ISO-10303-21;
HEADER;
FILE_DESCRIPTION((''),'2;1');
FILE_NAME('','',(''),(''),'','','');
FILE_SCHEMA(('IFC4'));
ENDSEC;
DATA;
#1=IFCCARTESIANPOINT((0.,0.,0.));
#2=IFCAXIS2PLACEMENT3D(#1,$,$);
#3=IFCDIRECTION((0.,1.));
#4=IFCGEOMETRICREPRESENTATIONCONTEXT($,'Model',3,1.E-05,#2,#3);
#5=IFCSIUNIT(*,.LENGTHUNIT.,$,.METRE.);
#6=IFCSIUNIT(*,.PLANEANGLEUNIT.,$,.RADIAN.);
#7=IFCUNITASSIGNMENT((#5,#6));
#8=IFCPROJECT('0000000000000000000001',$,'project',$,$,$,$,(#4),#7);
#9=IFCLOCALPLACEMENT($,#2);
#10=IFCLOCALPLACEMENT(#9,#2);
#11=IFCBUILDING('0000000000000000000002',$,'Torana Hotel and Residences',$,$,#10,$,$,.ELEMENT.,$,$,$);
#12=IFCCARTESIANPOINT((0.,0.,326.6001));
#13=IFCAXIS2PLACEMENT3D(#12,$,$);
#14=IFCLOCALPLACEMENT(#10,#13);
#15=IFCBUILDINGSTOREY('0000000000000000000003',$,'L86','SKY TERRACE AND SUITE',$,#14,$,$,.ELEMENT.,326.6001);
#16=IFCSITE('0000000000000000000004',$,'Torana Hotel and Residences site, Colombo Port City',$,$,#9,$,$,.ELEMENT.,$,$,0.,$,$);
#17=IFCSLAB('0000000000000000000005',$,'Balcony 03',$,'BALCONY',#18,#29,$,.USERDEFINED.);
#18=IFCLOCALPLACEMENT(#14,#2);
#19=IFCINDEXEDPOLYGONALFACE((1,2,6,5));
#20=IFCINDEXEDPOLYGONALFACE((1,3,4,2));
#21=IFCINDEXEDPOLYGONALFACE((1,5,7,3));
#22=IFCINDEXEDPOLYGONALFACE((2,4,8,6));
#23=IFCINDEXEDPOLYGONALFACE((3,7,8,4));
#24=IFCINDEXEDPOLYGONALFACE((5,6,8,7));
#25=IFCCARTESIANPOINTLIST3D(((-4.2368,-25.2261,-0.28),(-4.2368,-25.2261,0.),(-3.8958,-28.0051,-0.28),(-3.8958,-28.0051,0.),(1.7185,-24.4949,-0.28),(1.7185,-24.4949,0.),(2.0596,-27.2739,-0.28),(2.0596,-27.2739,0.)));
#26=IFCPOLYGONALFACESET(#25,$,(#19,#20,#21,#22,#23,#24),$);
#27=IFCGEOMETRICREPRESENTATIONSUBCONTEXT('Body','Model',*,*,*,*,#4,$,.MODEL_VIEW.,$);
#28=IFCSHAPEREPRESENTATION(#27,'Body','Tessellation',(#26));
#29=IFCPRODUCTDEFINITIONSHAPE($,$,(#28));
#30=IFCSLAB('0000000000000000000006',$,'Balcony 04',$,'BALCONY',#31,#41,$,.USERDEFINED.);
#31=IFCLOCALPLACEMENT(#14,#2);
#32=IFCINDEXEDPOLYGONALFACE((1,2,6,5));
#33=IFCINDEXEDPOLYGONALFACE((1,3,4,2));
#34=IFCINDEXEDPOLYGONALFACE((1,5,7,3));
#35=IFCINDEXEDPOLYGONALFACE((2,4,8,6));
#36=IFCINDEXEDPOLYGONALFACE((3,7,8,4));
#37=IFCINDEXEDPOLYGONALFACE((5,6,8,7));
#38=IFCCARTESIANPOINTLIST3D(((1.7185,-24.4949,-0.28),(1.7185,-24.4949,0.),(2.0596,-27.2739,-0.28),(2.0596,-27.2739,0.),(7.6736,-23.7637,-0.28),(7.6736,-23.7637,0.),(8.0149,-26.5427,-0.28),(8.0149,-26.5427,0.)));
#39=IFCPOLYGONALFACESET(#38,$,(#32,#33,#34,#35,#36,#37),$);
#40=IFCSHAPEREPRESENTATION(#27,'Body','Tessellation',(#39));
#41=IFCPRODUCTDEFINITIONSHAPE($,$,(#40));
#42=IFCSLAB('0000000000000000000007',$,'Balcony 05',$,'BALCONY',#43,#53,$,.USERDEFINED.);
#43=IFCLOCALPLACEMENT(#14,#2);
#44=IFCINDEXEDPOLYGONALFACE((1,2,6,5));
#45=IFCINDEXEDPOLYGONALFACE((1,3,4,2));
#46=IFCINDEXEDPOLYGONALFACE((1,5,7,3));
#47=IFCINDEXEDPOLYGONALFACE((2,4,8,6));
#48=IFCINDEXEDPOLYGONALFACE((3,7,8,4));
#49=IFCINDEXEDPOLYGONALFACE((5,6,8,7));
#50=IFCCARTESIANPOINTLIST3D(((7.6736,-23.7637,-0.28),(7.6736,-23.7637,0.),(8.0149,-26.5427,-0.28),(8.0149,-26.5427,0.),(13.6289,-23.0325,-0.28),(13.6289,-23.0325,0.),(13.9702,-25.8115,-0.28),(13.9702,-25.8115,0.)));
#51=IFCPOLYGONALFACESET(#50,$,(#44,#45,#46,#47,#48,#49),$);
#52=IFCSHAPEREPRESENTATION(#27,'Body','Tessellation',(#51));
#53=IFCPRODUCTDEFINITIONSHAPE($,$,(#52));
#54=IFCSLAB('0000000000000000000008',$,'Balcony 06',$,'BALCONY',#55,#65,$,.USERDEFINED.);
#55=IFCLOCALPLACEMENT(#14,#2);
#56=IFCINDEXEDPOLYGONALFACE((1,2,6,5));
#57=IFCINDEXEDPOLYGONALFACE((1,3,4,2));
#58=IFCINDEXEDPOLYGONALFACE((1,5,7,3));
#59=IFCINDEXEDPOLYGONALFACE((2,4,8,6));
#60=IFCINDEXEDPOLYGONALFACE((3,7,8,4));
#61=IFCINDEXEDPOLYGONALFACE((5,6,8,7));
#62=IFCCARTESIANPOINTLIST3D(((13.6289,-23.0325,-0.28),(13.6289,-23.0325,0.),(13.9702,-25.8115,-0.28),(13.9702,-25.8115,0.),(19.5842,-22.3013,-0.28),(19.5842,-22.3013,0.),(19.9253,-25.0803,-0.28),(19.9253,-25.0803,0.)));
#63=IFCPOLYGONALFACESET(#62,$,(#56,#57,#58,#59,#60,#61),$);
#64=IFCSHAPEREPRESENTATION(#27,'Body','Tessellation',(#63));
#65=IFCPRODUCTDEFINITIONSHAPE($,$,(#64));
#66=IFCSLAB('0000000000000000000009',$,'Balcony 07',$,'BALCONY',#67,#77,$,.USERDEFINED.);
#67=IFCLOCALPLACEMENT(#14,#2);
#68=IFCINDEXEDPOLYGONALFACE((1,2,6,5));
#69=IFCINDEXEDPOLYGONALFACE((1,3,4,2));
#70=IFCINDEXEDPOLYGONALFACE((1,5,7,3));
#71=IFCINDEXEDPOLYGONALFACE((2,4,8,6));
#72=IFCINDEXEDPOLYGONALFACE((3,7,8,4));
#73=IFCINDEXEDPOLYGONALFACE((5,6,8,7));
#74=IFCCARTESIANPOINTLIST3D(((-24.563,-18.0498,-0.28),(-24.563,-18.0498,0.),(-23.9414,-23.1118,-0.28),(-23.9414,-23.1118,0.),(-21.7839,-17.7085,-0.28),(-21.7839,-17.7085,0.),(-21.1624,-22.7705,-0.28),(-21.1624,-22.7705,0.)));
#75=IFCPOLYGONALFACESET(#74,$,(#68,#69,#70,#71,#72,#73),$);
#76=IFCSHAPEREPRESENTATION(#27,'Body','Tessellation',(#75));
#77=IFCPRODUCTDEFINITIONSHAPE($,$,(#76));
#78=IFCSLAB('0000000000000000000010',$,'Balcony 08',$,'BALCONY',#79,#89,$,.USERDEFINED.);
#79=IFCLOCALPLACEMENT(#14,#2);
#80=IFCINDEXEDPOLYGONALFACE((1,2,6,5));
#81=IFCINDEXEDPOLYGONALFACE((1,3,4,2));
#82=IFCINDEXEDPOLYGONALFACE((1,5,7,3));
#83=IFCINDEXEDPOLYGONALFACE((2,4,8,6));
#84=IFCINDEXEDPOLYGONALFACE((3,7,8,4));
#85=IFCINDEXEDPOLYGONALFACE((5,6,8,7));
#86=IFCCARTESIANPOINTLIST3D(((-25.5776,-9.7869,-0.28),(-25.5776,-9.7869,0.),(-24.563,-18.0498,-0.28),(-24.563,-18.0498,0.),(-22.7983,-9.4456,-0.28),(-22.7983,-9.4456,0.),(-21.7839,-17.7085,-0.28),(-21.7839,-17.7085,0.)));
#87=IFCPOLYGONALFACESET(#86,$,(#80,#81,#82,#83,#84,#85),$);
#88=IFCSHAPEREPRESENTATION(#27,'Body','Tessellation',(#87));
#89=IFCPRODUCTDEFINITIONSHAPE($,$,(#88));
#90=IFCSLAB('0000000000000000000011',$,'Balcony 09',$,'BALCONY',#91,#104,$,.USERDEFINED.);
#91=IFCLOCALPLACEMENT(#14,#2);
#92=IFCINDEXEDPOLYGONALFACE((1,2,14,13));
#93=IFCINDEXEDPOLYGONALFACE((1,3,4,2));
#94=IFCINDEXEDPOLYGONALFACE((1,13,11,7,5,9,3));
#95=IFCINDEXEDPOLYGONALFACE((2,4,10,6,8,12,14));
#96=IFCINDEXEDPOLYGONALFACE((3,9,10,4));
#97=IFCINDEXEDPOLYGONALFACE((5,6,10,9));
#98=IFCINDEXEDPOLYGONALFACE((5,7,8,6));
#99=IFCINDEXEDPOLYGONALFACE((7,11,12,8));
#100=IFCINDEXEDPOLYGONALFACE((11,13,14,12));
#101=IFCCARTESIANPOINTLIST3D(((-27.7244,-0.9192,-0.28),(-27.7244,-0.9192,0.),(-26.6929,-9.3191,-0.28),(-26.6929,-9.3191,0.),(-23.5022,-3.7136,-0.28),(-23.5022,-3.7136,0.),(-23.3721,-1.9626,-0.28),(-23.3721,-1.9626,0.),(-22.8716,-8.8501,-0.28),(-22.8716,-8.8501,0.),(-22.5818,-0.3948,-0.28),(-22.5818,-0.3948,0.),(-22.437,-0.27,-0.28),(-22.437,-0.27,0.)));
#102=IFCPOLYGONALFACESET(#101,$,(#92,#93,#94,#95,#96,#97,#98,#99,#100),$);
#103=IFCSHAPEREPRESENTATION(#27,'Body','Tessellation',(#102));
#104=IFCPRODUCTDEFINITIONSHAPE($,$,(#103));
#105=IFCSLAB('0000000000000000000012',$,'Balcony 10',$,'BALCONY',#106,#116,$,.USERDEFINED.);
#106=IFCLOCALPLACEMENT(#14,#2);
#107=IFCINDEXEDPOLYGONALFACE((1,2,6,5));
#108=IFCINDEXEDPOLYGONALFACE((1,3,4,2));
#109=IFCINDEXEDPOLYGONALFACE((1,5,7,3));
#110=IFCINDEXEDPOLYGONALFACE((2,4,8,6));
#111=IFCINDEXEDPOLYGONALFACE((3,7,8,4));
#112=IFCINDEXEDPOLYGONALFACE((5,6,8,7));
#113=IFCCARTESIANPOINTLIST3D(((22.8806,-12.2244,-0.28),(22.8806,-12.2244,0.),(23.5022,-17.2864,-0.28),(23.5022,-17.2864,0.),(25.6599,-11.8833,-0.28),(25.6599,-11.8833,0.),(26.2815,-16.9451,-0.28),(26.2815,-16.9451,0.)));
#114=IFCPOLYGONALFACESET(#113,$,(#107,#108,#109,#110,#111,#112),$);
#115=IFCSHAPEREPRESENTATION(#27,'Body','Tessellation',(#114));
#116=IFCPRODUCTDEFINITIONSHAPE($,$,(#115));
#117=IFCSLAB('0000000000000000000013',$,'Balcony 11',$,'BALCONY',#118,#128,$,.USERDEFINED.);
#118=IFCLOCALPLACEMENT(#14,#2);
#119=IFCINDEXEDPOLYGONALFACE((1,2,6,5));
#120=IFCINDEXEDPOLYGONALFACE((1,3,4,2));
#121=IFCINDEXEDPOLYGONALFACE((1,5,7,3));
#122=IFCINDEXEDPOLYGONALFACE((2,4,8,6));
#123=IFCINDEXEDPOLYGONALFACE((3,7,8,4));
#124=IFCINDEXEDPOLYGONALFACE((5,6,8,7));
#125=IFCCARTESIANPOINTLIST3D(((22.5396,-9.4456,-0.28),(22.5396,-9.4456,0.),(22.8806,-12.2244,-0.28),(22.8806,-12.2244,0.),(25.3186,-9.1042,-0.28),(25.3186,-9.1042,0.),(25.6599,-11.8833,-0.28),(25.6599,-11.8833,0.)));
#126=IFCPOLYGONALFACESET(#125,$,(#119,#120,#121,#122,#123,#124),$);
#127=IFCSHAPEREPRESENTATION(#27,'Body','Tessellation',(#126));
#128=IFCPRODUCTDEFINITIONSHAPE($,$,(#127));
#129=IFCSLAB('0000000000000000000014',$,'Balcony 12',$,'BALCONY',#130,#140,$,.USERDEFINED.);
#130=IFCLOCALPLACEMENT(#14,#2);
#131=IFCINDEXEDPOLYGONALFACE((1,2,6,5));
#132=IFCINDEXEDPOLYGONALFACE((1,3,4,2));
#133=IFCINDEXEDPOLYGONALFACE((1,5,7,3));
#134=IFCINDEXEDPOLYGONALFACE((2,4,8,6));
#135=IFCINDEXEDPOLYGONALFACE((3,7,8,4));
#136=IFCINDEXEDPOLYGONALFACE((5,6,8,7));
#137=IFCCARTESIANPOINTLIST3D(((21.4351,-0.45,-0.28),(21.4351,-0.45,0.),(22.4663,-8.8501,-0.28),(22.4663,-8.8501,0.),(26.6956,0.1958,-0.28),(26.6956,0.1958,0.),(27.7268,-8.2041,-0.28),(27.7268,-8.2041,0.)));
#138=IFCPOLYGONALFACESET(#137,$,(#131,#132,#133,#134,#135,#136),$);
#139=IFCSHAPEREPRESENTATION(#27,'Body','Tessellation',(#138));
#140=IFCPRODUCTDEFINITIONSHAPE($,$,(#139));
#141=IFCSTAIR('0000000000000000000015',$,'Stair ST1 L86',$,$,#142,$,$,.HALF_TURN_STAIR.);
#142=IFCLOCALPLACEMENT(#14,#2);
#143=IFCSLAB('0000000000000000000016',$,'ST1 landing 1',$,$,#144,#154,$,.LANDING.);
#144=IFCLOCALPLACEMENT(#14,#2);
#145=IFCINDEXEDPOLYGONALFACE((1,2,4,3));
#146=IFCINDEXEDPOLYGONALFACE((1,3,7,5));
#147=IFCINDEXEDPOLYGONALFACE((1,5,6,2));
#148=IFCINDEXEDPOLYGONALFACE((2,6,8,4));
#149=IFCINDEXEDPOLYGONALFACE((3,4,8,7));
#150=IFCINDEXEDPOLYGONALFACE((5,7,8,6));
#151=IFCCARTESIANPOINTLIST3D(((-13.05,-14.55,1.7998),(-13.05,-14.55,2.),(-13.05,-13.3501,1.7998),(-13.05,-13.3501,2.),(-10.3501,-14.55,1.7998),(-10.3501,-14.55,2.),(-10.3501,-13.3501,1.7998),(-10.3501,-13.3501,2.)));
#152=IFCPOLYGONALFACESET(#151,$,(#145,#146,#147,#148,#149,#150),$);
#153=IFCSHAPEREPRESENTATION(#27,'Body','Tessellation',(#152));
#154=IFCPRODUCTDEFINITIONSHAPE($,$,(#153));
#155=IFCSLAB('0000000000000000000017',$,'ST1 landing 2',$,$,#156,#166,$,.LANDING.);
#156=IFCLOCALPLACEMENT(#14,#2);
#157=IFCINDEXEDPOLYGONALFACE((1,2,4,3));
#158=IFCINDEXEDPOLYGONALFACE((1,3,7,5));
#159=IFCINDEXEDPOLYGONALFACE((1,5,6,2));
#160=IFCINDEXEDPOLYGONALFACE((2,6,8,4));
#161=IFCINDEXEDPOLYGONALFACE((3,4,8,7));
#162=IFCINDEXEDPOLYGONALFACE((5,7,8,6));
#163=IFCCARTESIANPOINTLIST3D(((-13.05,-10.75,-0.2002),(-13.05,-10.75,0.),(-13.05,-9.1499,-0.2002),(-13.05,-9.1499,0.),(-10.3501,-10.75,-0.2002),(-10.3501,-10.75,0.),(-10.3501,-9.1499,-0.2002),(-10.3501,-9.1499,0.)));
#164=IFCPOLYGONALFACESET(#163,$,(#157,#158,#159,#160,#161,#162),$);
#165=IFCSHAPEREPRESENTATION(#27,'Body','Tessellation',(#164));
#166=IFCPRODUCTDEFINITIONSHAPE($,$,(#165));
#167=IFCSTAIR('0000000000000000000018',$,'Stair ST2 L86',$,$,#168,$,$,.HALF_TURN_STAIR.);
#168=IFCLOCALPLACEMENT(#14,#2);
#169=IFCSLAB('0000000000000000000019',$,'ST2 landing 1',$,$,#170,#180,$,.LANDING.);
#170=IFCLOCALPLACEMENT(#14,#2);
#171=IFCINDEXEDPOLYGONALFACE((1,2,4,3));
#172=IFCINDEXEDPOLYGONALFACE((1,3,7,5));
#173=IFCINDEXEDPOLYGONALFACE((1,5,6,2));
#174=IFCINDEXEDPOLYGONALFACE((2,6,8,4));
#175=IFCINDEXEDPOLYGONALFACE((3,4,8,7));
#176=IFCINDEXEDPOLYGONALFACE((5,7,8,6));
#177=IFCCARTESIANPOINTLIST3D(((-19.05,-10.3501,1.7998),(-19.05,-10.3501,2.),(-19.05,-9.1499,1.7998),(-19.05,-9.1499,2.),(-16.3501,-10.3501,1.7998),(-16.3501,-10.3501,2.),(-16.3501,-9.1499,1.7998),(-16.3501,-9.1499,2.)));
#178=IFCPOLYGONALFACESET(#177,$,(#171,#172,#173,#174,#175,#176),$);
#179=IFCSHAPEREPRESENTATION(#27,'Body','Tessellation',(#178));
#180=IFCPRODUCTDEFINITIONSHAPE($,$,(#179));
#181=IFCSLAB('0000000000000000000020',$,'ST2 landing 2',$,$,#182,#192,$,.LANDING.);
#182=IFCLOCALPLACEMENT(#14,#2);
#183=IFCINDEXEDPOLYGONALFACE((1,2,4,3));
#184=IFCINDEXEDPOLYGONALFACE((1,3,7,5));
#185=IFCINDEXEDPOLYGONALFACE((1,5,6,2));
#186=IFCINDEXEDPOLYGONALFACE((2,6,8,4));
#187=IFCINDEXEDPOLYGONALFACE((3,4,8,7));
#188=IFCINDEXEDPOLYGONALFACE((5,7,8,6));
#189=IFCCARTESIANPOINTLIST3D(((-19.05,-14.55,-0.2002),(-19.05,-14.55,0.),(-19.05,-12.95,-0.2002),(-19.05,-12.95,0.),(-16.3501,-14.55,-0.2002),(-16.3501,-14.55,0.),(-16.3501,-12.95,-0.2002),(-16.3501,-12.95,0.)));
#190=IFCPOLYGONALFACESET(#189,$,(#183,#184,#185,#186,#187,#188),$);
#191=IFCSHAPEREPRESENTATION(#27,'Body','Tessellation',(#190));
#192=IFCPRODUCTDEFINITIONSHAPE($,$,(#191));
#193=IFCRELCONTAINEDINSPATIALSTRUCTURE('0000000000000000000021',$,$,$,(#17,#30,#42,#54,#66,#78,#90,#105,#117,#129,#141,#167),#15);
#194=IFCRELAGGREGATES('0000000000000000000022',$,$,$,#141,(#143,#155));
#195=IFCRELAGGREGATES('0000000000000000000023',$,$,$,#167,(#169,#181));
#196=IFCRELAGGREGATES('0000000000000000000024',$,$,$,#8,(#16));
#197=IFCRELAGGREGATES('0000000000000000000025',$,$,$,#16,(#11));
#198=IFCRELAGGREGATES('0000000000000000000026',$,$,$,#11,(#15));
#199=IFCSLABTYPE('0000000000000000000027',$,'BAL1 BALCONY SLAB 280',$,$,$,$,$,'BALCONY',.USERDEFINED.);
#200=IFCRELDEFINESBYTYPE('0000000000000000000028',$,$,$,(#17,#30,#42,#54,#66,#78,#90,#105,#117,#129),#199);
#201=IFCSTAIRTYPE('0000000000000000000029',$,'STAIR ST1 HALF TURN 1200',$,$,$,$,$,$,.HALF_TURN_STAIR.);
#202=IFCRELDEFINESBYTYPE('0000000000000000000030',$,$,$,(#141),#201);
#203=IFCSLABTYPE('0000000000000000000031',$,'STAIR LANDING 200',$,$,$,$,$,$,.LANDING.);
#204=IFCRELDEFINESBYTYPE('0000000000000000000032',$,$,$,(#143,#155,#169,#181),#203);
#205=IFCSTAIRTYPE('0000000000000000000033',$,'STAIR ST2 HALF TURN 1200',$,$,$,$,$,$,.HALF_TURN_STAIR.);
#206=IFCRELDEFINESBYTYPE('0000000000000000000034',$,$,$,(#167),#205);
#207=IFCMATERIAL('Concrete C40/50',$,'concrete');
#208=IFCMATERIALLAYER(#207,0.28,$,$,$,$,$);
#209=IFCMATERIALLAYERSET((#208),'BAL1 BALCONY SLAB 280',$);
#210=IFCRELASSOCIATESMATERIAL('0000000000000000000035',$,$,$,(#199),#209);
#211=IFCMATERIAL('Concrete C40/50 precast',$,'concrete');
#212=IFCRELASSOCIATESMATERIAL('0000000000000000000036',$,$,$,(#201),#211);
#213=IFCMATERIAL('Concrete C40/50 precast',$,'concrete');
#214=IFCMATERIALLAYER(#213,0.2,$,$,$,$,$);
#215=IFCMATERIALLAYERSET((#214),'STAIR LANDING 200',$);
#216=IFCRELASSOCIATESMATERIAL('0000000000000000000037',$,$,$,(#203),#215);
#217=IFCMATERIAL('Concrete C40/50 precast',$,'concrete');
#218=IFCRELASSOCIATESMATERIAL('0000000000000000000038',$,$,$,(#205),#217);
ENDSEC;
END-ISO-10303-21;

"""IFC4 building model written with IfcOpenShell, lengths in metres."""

from ifc_helpers import new_model, si_unit, direction, frame, origin, place, context, subcontext, project, spatial, polyline, outline, extrude, material, layer, layer_set, type_object, element, aggregate, save


model = new_model("IFC4")

# Units and contexts
model_context = context("Model", 3, precision=1e-05, world=origin(), true_north=direction((0.0, 1.0)))
body_context = subcontext(model_context, "Body", "Model", "MODEL_VIEW")
ifc_project = project(units=[si_unit("LENGTHUNIT", "METRE"), si_unit("PLANEANGLEUNIT", "RADIAN")], contexts=[model_context])

# Site, building, storey
site_placement = place(None, origin())
site = spatial("IfcSite", under=ifc_project, at=site_placement, Name="Torana Hotel and Residences site, Colombo Port City", CompositionType="ELEMENT", RefElevation=0.0)
building_placement = place(site_placement, origin())
building = spatial("IfcBuilding", under=site, at=building_placement, Name="Torana Hotel and Residences", CompositionType="ELEMENT")
storey_placement = place(building_placement, frame((0.0, 0.0, 326.6001)))
storey = spatial("IfcBuildingStorey", under=building, at=storey_placement, Name="L86", Description="SKY TERRACE AND SUITE", CompositionType="ELEMENT", Elevation=326.6001)

# Slabs
ifc_material_1 = material(Name="Concrete C40/50", Category="concrete")
ifc_layer_1 = layer(ifc_material_1, 0.28)
ifc_layer_set_1 = layer_set([ifc_layer_1], Name="BAL1 BALCONY SLAB 280")
slab_type_1 = type_object("IfcSlabType", Name="BAL1 BALCONY SLAB 280", ElementType="BALCONY", PredefinedType="USERDEFINED", material=ifc_layer_set_1)
slab_1_placement = place(storey_placement, frame((0.0, 0.0, -0.28)))
element("IfcSlab", 1, at=slab_1_placement, inside=storey, type_object=slab_type_1, Name="Balcony 03", ObjectType="BALCONY", PredefinedType="USERDEFINED", context=body_context, shape_type="SweptSolid", body=[
    extrude(outline(polyline([(-3.8958, -28.0051), (2.0596, -27.2739), (1.7185, -24.4949), (-4.2368, -25.2261), (-3.8958, -28.0051)])), origin(), (0.0, 0.0, 1.0), 0.28),
])
slab_2_placement = place(storey_placement, frame((0.0, 0.0, -0.28)))
element("IfcSlab", 2, at=slab_2_placement, inside=storey, type_object=slab_type_1, Name="Balcony 04", ObjectType="BALCONY", PredefinedType="USERDEFINED", context=body_context, shape_type="SweptSolid", body=[
    extrude(outline(polyline([(2.0596, -27.2739), (8.0149, -26.5427), (7.6736, -23.7637), (1.7185, -24.4949), (2.0596, -27.2739)])), origin(), (0.0, 0.0, 1.0), 0.28),
])
slab_3_placement = place(storey_placement, frame((0.0, 0.0, -0.28)))
element("IfcSlab", 3, at=slab_3_placement, inside=storey, type_object=slab_type_1, Name="Balcony 05", ObjectType="BALCONY", PredefinedType="USERDEFINED", context=body_context, shape_type="SweptSolid", body=[
    extrude(outline(polyline([(8.0149, -26.5427), (13.9702, -25.8115), (13.6289, -23.0325), (7.6736, -23.7637), (8.0149, -26.5427)])), origin(), (0.0, 0.0, 1.0), 0.28),
])
slab_4_placement = place(storey_placement, frame((0.0, 0.0, -0.28)))
element("IfcSlab", 4, at=slab_4_placement, inside=storey, type_object=slab_type_1, Name="Balcony 06", ObjectType="BALCONY", PredefinedType="USERDEFINED", context=body_context, shape_type="SweptSolid", body=[
    extrude(outline(polyline([(13.9702, -25.8115), (19.9253, -25.0803), (19.5842, -22.3013), (13.6289, -23.0325), (13.9702, -25.8115)])), origin(), (0.0, 0.0, 1.0), 0.28),
])
slab_5_placement = place(storey_placement, frame((0.0, 0.0, -0.28)))
element("IfcSlab", 5, at=slab_5_placement, inside=storey, type_object=slab_type_1, Name="Balcony 07", ObjectType="BALCONY", PredefinedType="USERDEFINED", context=body_context, shape_type="SweptSolid", body=[
    extrude(outline(polyline([(-23.9414, -23.1118), (-21.1624, -22.7705), (-21.7839, -17.7085), (-24.563, -18.0498), (-23.9414, -23.1118)])), origin(), (0.0, 0.0, 1.0), 0.28),
])
slab_6_placement = place(storey_placement, frame((0.0, 0.0, -0.28)))
element("IfcSlab", 6, at=slab_6_placement, inside=storey, type_object=slab_type_1, Name="Balcony 08", ObjectType="BALCONY", PredefinedType="USERDEFINED", context=body_context, shape_type="SweptSolid", body=[
    extrude(outline(polyline([(-24.563, -18.0498), (-21.7839, -17.7085), (-22.7983, -9.4456), (-25.5776, -9.7869), (-24.563, -18.0498)])), origin(), (0.0, 0.0, 1.0), 0.28),
])
slab_7_placement = place(storey_placement, frame((0.0, 0.0, -0.28)))
element("IfcSlab", 7, at=slab_7_placement, inside=storey, type_object=slab_type_1, Name="Balcony 09", ObjectType="BALCONY", PredefinedType="USERDEFINED", context=body_context, shape_type="SweptSolid", body=[
    extrude(outline(polyline([(-26.6929, -9.3191), (-22.8716, -8.8501), (-23.5022, -3.7136), (-23.3721, -1.9626), (-22.5818, -0.3948), (-22.437, -0.27), (-27.7244, -0.9192), (-26.6929, -9.3191)])), origin(), (0.0, 0.0, 1.0), 0.28),
])
slab_8_placement = place(storey_placement, frame((0.0, 0.0, -0.28)))
element("IfcSlab", 8, at=slab_8_placement, inside=storey, type_object=slab_type_1, Name="Balcony 10", ObjectType="BALCONY", PredefinedType="USERDEFINED", context=body_context, shape_type="SweptSolid", body=[
    extrude(outline(polyline([(23.5022, -17.2864), (26.2815, -16.9451), (25.6599, -11.8833), (22.8806, -12.2244), (23.5022, -17.2864)])), origin(), (0.0, 0.0, 1.0), 0.28),
])
slab_9_placement = place(storey_placement, frame((0.0, 0.0, -0.28)))
element("IfcSlab", 9, at=slab_9_placement, inside=storey, type_object=slab_type_1, Name="Balcony 11", ObjectType="BALCONY", PredefinedType="USERDEFINED", context=body_context, shape_type="SweptSolid", body=[
    extrude(outline(polyline([(22.8806, -12.2244), (25.6599, -11.8833), (25.3186, -9.1042), (22.5396, -9.4456), (22.8806, -12.2244)])), origin(), (0.0, 0.0, 1.0), 0.28),
])
slab_10_placement = place(storey_placement, frame((0.0, 0.0, -0.28)))
element("IfcSlab", 10, at=slab_10_placement, inside=storey, type_object=slab_type_1, Name="Balcony 12", ObjectType="BALCONY", PredefinedType="USERDEFINED", context=body_context, shape_type="SweptSolid", body=[
    extrude(outline(polyline([(22.4663, -8.8501), (27.7268, -8.2041), (26.6956, 0.1958), (21.4351, -0.45), (22.4663, -8.8501)])), origin(), (0.0, 0.0, 1.0), 0.28),
])

# Stairs, slabs
ifc_material_2 = material(Name="Concrete C40/50 precast", Category="concrete")
stair_type_1 = type_object("IfcStairType", Name="STAIR ST1 HALF TURN 1200", PredefinedType="HALF_TURN_STAIR", material=ifc_material_2)
stair_1_placement = place(storey_placement, origin())
stair_1 = element("IfcStair", 11, at=stair_1_placement, inside=storey, type_object=stair_type_1, Name="Stair ST1 L86", PredefinedType="HALF_TURN_STAIR")
ifc_material_3 = material(Name="Concrete C40/50 precast", Category="concrete")
ifc_layer_2 = layer(ifc_material_3, 0.2)
ifc_layer_set_2 = layer_set([ifc_layer_2], Name="STAIR LANDING 200")
slab_type_2 = type_object("IfcSlabType", Name="STAIR LANDING 200", PredefinedType="LANDING", material=ifc_layer_set_2)
slab_11_placement = place(storey_placement, frame((0.0, 0.0, 1.7998)))
slab_11 = element("IfcSlab", 12, at=slab_11_placement, type_object=slab_type_2, Name="ST1 landing 1", PredefinedType="LANDING", context=body_context, shape_type="SweptSolid", body=[
    extrude(outline(polyline([(-13.05, -14.55), (-10.3501, -14.55), (-10.3501, -13.3501), (-13.05, -13.3501), (-13.05, -14.55)])), origin(), (0.0, 0.0, 1.0), 0.2002),
])
slab_12_placement = place(storey_placement, frame((0.0, 0.0, -0.2002)))
slab_12 = element("IfcSlab", 13, at=slab_12_placement, type_object=slab_type_2, Name="ST1 landing 2", PredefinedType="LANDING", context=body_context, shape_type="SweptSolid", body=[
    extrude(outline(polyline([(-13.05, -10.75), (-10.3501, -10.75), (-10.3501, -9.1499), (-13.05, -9.1499), (-13.05, -10.75)])), origin(), (0.0, 0.0, 1.0), 0.2002),
])
aggregate(stair_1, [slab_11, slab_12])
ifc_material_4 = material(Name="Concrete C40/50 precast", Category="concrete")
stair_type_2 = type_object("IfcStairType", Name="STAIR ST2 HALF TURN 1200", PredefinedType="HALF_TURN_STAIR", material=ifc_material_4)
stair_2_placement = place(storey_placement, origin())
stair_2 = element("IfcStair", 14, at=stair_2_placement, inside=storey, type_object=stair_type_2, Name="Stair ST2 L86", PredefinedType="HALF_TURN_STAIR")
slab_13_placement = place(storey_placement, frame((0.0, 0.0, 1.7998)))
slab_13 = element("IfcSlab", 15, at=slab_13_placement, type_object=slab_type_2, Name="ST2 landing 1", PredefinedType="LANDING", context=body_context, shape_type="SweptSolid", body=[
    extrude(outline(polyline([(-19.05, -10.3501), (-16.3501, -10.3501), (-16.3501, -9.1499), (-19.05, -9.1499), (-19.05, -10.3501)])), origin(), (0.0, 0.0, 1.0), 0.2002),
])
slab_14_placement = place(storey_placement, frame((0.0, 0.0, -0.2002)))
slab_14 = element("IfcSlab", 16, at=slab_14_placement, type_object=slab_type_2, Name="ST2 landing 2", PredefinedType="LANDING", context=body_context, shape_type="SweptSolid", body=[
    extrude(outline(polyline([(-19.05, -14.55), (-16.3501, -14.55), (-16.3501, -12.95), (-19.05, -12.95), (-19.05, -14.55)])), origin(), (0.0, 0.0, 1.0), 0.2002),
])
aggregate(stair_2, [slab_13, slab_14])

save(model, "model.ifc")
